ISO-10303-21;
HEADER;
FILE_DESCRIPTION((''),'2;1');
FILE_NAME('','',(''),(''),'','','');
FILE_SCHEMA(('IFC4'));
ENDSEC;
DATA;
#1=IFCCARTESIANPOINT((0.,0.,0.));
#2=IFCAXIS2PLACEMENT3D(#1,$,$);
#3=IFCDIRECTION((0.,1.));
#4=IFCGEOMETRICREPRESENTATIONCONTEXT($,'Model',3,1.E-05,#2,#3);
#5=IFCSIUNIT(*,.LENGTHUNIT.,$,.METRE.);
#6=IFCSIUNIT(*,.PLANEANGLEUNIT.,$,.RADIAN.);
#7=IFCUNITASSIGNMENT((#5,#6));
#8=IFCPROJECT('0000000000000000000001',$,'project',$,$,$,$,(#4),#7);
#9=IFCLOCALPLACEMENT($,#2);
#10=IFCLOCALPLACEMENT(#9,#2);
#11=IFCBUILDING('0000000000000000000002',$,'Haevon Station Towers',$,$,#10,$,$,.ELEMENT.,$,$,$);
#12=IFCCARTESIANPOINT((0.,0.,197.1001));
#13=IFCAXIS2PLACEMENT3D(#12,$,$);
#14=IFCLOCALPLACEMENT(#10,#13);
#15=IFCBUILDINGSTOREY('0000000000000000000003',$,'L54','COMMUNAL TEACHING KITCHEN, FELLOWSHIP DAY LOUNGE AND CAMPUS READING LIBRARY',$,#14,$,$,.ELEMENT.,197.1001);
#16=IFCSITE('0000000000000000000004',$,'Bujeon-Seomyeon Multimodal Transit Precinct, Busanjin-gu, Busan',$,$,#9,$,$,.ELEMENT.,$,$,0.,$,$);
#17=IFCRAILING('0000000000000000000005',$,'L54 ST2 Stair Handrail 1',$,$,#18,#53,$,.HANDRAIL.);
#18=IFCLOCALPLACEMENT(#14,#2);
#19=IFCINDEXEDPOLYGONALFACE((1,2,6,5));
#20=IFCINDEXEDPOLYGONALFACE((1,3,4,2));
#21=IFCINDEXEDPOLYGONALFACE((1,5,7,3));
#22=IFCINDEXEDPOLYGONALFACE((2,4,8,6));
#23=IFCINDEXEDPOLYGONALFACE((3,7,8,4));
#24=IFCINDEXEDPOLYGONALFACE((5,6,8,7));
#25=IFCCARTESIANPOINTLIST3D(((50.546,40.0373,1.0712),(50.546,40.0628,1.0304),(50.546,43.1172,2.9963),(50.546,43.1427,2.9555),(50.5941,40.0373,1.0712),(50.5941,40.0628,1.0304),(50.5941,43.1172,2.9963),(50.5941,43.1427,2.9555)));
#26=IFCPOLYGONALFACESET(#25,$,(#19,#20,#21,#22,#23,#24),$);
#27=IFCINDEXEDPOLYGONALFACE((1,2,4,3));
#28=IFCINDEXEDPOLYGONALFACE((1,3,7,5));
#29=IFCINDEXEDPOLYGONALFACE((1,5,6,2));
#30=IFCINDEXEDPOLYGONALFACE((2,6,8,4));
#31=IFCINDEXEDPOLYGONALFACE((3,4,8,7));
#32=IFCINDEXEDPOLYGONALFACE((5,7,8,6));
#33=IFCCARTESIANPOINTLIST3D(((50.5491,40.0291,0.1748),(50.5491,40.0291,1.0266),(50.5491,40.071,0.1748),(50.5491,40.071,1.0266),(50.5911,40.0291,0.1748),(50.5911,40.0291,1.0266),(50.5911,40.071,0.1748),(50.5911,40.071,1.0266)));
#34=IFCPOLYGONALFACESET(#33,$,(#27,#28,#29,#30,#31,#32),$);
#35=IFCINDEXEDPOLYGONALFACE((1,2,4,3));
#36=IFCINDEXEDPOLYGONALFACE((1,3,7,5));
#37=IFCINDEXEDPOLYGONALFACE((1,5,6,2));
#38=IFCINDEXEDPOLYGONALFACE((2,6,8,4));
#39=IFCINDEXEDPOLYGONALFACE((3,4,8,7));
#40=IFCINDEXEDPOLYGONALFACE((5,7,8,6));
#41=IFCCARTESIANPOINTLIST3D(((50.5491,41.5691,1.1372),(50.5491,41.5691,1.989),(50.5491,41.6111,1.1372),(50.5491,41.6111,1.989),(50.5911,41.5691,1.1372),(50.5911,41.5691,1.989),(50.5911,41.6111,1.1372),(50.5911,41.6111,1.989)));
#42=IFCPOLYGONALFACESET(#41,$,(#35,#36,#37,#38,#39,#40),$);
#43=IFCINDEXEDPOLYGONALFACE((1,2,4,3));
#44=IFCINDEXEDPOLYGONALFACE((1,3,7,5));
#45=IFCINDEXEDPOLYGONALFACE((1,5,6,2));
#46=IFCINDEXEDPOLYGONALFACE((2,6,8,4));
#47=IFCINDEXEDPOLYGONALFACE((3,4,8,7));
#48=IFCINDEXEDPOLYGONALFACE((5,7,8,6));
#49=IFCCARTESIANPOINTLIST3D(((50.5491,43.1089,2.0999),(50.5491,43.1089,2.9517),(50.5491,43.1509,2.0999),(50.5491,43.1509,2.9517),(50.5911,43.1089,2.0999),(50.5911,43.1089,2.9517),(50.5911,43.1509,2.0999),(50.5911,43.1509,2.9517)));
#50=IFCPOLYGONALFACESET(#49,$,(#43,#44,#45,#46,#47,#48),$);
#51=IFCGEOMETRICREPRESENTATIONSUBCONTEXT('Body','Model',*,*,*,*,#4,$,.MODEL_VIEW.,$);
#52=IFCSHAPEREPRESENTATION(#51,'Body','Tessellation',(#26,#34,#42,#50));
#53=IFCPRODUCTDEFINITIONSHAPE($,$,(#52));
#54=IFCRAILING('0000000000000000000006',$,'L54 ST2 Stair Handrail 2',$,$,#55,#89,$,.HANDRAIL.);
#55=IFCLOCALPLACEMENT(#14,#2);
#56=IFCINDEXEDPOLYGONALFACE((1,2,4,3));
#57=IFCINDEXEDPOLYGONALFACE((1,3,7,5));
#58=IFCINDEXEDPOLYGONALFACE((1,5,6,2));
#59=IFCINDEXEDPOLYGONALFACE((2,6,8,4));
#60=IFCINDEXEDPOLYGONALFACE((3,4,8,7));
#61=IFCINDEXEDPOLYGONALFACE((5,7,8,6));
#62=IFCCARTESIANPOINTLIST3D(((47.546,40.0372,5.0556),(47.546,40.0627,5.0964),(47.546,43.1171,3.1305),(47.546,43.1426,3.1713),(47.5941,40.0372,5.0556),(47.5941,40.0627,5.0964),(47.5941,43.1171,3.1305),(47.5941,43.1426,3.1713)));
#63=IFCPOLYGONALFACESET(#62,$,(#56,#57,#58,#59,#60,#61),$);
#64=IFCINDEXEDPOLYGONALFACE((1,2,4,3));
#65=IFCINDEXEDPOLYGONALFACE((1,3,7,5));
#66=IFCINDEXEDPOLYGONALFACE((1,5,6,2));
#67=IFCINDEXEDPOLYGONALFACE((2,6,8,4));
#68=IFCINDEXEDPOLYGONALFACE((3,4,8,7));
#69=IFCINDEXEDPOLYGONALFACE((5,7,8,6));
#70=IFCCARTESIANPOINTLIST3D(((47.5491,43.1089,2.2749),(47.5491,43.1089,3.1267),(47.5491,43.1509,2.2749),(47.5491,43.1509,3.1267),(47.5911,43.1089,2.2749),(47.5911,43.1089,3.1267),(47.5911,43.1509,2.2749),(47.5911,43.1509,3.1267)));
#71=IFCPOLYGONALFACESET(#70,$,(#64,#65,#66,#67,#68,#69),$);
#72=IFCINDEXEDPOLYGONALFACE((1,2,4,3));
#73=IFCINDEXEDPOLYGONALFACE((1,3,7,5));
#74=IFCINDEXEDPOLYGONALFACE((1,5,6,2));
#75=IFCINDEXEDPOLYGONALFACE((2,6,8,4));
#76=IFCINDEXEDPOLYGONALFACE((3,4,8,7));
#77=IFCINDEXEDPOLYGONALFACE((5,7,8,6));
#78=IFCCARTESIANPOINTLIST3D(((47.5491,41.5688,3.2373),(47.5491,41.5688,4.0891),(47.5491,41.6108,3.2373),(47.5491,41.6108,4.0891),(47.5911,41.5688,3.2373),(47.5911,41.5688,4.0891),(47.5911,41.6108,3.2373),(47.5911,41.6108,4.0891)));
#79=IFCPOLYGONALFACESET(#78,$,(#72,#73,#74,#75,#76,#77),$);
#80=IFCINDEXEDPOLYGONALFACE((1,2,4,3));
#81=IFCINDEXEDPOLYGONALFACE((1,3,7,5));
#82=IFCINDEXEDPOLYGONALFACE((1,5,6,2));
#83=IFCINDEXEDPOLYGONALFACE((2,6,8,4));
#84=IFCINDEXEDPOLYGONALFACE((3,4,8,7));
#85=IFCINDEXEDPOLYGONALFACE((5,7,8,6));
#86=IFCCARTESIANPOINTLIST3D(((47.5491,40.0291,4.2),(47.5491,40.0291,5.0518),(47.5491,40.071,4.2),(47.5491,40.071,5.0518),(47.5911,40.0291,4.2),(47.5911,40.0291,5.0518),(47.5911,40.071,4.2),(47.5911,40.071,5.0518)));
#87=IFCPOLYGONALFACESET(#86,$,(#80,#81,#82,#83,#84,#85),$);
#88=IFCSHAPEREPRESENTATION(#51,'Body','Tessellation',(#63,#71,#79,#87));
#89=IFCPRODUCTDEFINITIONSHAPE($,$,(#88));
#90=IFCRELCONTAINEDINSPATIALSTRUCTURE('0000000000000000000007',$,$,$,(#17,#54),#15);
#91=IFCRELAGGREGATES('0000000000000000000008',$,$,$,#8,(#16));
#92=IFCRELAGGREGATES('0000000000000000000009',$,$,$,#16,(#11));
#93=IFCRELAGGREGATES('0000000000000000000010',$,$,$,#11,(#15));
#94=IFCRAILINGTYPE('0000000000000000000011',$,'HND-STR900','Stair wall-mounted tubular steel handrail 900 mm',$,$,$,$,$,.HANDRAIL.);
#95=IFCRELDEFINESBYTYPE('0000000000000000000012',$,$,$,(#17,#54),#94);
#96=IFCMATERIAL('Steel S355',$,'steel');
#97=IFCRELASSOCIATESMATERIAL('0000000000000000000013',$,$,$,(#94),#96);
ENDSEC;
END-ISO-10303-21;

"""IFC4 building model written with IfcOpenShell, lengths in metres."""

from ifc_helpers import new_model, si_unit, direction, frame, origin, origin_2d, place, context, subcontext, project, spatial, rectangle, extrude, material, type_object, element, save


model = new_model("IFC4")

# Units and contexts
model_context = context("Model", 3, precision=1e-05, world=origin(), true_north=direction((0.0, 1.0)))
body_context = subcontext(model_context, "Body", "Model", "MODEL_VIEW")
ifc_project = project(units=[si_unit("LENGTHUNIT", "METRE"), si_unit("PLANEANGLEUNIT", "RADIAN")], contexts=[model_context])

# Site, building, storey
site_placement = place(None, origin())
site = spatial("IfcSite", under=ifc_project, at=site_placement, Name="Bujeon-Seomyeon Multimodal Transit Precinct, Busanjin-gu, Busan", CompositionType="ELEMENT", RefElevation=0.0)
building_placement = place(site_placement, origin())
building = spatial("IfcBuilding", under=site, at=building_placement, Name="Haevon Station Towers", CompositionType="ELEMENT")
storey_placement = place(building_placement, frame((0.0, 0.0, 197.1001)))
storey = spatial("IfcBuildingStorey", under=building, at=storey_placement, Name="L54", Description="COMMUNAL TEACHING KITCHEN, FELLOWSHIP DAY LOUNGE AND CAMPUS READING LIBRARY", CompositionType="ELEMENT", Elevation=197.1001)

# Shared definitions
ifc_material_1 = material(Name="Steel S355", Category="steel")

# Railings
railing_type_1 = type_object("IfcRailingType", Name="HND-STR900", Description="Stair wall-mounted tubular steel handrail 900 mm", PredefinedType="HANDRAIL", material=ifc_material_1)
railing_1_placement = place(storey_placement, frame((50.5701, 40.05, 0.1748)))
element("IfcRailing", 1, at=railing_1_placement, inside=storey, type_object=railing_type_1, Name="L54 ST2 Stair Handrail 1", PredefinedType="HANDRAIL", context=body_context, shape_type="SweptSolid", body=[
    extrude(rectangle(XDim=0.0481, YDim=0.0481, at=origin_2d()), frame((0.0, 0.0, 0.876), z_axis=(0.0, 0.847979, 0.530029), x_axis=(-1.0, 0.0, 0.0)), (0.0, 0.0, 1.0), 3.6321),
    extrude(rectangle(XDim=0.042, YDim=0.042, at=origin_2d()), origin(), (0.0, 0.0, 1.0), 0.8518),
    extrude(rectangle(XDim=0.042, YDim=0.042, at=origin_2d()), frame((0.0, 1.54, 0.9624)), (0.0, 0.0, 1.0), 0.8518),
    extrude(rectangle(XDim=0.042, YDim=0.042, at=origin_2d()), frame((0.0, 3.0798, 1.925)), (0.0, 0.0, 1.0), 0.8518),
])
railing_2_placement = place(storey_placement, frame((47.5701, 43.1299, 2.2749)))
element("IfcRailing", 2, at=railing_2_placement, inside=storey, type_object=railing_type_1, Name="L54 ST2 Stair Handrail 2", PredefinedType="HANDRAIL", context=body_context, shape_type="SweptSolid", body=[
    extrude(rectangle(XDim=0.0481, YDim=0.0481, at=origin_2d()), frame((0.0, 0.0, 0.876), z_axis=(0.0, -0.847979, 0.530029), x_axis=(1.0, 0.0, 0.0)), (0.0, 0.0, 1.0), 3.6321),
    extrude(rectangle(XDim=0.042, YDim=0.042, at=origin_2d()), origin(), (0.0, 0.0, 1.0), 0.8518),
    extrude(rectangle(XDim=0.042, YDim=0.042, at=origin_2d()), frame((0.0, -1.54, 0.9624)), (0.0, 0.0, 1.0), 0.8518),
    extrude(rectangle(XDim=0.042, YDim=0.042, at=origin_2d()), frame((0.0, -3.0798, 1.925)), (0.0, 0.0, 1.0), 0.8518),
])

save(model, "model.ifc")
